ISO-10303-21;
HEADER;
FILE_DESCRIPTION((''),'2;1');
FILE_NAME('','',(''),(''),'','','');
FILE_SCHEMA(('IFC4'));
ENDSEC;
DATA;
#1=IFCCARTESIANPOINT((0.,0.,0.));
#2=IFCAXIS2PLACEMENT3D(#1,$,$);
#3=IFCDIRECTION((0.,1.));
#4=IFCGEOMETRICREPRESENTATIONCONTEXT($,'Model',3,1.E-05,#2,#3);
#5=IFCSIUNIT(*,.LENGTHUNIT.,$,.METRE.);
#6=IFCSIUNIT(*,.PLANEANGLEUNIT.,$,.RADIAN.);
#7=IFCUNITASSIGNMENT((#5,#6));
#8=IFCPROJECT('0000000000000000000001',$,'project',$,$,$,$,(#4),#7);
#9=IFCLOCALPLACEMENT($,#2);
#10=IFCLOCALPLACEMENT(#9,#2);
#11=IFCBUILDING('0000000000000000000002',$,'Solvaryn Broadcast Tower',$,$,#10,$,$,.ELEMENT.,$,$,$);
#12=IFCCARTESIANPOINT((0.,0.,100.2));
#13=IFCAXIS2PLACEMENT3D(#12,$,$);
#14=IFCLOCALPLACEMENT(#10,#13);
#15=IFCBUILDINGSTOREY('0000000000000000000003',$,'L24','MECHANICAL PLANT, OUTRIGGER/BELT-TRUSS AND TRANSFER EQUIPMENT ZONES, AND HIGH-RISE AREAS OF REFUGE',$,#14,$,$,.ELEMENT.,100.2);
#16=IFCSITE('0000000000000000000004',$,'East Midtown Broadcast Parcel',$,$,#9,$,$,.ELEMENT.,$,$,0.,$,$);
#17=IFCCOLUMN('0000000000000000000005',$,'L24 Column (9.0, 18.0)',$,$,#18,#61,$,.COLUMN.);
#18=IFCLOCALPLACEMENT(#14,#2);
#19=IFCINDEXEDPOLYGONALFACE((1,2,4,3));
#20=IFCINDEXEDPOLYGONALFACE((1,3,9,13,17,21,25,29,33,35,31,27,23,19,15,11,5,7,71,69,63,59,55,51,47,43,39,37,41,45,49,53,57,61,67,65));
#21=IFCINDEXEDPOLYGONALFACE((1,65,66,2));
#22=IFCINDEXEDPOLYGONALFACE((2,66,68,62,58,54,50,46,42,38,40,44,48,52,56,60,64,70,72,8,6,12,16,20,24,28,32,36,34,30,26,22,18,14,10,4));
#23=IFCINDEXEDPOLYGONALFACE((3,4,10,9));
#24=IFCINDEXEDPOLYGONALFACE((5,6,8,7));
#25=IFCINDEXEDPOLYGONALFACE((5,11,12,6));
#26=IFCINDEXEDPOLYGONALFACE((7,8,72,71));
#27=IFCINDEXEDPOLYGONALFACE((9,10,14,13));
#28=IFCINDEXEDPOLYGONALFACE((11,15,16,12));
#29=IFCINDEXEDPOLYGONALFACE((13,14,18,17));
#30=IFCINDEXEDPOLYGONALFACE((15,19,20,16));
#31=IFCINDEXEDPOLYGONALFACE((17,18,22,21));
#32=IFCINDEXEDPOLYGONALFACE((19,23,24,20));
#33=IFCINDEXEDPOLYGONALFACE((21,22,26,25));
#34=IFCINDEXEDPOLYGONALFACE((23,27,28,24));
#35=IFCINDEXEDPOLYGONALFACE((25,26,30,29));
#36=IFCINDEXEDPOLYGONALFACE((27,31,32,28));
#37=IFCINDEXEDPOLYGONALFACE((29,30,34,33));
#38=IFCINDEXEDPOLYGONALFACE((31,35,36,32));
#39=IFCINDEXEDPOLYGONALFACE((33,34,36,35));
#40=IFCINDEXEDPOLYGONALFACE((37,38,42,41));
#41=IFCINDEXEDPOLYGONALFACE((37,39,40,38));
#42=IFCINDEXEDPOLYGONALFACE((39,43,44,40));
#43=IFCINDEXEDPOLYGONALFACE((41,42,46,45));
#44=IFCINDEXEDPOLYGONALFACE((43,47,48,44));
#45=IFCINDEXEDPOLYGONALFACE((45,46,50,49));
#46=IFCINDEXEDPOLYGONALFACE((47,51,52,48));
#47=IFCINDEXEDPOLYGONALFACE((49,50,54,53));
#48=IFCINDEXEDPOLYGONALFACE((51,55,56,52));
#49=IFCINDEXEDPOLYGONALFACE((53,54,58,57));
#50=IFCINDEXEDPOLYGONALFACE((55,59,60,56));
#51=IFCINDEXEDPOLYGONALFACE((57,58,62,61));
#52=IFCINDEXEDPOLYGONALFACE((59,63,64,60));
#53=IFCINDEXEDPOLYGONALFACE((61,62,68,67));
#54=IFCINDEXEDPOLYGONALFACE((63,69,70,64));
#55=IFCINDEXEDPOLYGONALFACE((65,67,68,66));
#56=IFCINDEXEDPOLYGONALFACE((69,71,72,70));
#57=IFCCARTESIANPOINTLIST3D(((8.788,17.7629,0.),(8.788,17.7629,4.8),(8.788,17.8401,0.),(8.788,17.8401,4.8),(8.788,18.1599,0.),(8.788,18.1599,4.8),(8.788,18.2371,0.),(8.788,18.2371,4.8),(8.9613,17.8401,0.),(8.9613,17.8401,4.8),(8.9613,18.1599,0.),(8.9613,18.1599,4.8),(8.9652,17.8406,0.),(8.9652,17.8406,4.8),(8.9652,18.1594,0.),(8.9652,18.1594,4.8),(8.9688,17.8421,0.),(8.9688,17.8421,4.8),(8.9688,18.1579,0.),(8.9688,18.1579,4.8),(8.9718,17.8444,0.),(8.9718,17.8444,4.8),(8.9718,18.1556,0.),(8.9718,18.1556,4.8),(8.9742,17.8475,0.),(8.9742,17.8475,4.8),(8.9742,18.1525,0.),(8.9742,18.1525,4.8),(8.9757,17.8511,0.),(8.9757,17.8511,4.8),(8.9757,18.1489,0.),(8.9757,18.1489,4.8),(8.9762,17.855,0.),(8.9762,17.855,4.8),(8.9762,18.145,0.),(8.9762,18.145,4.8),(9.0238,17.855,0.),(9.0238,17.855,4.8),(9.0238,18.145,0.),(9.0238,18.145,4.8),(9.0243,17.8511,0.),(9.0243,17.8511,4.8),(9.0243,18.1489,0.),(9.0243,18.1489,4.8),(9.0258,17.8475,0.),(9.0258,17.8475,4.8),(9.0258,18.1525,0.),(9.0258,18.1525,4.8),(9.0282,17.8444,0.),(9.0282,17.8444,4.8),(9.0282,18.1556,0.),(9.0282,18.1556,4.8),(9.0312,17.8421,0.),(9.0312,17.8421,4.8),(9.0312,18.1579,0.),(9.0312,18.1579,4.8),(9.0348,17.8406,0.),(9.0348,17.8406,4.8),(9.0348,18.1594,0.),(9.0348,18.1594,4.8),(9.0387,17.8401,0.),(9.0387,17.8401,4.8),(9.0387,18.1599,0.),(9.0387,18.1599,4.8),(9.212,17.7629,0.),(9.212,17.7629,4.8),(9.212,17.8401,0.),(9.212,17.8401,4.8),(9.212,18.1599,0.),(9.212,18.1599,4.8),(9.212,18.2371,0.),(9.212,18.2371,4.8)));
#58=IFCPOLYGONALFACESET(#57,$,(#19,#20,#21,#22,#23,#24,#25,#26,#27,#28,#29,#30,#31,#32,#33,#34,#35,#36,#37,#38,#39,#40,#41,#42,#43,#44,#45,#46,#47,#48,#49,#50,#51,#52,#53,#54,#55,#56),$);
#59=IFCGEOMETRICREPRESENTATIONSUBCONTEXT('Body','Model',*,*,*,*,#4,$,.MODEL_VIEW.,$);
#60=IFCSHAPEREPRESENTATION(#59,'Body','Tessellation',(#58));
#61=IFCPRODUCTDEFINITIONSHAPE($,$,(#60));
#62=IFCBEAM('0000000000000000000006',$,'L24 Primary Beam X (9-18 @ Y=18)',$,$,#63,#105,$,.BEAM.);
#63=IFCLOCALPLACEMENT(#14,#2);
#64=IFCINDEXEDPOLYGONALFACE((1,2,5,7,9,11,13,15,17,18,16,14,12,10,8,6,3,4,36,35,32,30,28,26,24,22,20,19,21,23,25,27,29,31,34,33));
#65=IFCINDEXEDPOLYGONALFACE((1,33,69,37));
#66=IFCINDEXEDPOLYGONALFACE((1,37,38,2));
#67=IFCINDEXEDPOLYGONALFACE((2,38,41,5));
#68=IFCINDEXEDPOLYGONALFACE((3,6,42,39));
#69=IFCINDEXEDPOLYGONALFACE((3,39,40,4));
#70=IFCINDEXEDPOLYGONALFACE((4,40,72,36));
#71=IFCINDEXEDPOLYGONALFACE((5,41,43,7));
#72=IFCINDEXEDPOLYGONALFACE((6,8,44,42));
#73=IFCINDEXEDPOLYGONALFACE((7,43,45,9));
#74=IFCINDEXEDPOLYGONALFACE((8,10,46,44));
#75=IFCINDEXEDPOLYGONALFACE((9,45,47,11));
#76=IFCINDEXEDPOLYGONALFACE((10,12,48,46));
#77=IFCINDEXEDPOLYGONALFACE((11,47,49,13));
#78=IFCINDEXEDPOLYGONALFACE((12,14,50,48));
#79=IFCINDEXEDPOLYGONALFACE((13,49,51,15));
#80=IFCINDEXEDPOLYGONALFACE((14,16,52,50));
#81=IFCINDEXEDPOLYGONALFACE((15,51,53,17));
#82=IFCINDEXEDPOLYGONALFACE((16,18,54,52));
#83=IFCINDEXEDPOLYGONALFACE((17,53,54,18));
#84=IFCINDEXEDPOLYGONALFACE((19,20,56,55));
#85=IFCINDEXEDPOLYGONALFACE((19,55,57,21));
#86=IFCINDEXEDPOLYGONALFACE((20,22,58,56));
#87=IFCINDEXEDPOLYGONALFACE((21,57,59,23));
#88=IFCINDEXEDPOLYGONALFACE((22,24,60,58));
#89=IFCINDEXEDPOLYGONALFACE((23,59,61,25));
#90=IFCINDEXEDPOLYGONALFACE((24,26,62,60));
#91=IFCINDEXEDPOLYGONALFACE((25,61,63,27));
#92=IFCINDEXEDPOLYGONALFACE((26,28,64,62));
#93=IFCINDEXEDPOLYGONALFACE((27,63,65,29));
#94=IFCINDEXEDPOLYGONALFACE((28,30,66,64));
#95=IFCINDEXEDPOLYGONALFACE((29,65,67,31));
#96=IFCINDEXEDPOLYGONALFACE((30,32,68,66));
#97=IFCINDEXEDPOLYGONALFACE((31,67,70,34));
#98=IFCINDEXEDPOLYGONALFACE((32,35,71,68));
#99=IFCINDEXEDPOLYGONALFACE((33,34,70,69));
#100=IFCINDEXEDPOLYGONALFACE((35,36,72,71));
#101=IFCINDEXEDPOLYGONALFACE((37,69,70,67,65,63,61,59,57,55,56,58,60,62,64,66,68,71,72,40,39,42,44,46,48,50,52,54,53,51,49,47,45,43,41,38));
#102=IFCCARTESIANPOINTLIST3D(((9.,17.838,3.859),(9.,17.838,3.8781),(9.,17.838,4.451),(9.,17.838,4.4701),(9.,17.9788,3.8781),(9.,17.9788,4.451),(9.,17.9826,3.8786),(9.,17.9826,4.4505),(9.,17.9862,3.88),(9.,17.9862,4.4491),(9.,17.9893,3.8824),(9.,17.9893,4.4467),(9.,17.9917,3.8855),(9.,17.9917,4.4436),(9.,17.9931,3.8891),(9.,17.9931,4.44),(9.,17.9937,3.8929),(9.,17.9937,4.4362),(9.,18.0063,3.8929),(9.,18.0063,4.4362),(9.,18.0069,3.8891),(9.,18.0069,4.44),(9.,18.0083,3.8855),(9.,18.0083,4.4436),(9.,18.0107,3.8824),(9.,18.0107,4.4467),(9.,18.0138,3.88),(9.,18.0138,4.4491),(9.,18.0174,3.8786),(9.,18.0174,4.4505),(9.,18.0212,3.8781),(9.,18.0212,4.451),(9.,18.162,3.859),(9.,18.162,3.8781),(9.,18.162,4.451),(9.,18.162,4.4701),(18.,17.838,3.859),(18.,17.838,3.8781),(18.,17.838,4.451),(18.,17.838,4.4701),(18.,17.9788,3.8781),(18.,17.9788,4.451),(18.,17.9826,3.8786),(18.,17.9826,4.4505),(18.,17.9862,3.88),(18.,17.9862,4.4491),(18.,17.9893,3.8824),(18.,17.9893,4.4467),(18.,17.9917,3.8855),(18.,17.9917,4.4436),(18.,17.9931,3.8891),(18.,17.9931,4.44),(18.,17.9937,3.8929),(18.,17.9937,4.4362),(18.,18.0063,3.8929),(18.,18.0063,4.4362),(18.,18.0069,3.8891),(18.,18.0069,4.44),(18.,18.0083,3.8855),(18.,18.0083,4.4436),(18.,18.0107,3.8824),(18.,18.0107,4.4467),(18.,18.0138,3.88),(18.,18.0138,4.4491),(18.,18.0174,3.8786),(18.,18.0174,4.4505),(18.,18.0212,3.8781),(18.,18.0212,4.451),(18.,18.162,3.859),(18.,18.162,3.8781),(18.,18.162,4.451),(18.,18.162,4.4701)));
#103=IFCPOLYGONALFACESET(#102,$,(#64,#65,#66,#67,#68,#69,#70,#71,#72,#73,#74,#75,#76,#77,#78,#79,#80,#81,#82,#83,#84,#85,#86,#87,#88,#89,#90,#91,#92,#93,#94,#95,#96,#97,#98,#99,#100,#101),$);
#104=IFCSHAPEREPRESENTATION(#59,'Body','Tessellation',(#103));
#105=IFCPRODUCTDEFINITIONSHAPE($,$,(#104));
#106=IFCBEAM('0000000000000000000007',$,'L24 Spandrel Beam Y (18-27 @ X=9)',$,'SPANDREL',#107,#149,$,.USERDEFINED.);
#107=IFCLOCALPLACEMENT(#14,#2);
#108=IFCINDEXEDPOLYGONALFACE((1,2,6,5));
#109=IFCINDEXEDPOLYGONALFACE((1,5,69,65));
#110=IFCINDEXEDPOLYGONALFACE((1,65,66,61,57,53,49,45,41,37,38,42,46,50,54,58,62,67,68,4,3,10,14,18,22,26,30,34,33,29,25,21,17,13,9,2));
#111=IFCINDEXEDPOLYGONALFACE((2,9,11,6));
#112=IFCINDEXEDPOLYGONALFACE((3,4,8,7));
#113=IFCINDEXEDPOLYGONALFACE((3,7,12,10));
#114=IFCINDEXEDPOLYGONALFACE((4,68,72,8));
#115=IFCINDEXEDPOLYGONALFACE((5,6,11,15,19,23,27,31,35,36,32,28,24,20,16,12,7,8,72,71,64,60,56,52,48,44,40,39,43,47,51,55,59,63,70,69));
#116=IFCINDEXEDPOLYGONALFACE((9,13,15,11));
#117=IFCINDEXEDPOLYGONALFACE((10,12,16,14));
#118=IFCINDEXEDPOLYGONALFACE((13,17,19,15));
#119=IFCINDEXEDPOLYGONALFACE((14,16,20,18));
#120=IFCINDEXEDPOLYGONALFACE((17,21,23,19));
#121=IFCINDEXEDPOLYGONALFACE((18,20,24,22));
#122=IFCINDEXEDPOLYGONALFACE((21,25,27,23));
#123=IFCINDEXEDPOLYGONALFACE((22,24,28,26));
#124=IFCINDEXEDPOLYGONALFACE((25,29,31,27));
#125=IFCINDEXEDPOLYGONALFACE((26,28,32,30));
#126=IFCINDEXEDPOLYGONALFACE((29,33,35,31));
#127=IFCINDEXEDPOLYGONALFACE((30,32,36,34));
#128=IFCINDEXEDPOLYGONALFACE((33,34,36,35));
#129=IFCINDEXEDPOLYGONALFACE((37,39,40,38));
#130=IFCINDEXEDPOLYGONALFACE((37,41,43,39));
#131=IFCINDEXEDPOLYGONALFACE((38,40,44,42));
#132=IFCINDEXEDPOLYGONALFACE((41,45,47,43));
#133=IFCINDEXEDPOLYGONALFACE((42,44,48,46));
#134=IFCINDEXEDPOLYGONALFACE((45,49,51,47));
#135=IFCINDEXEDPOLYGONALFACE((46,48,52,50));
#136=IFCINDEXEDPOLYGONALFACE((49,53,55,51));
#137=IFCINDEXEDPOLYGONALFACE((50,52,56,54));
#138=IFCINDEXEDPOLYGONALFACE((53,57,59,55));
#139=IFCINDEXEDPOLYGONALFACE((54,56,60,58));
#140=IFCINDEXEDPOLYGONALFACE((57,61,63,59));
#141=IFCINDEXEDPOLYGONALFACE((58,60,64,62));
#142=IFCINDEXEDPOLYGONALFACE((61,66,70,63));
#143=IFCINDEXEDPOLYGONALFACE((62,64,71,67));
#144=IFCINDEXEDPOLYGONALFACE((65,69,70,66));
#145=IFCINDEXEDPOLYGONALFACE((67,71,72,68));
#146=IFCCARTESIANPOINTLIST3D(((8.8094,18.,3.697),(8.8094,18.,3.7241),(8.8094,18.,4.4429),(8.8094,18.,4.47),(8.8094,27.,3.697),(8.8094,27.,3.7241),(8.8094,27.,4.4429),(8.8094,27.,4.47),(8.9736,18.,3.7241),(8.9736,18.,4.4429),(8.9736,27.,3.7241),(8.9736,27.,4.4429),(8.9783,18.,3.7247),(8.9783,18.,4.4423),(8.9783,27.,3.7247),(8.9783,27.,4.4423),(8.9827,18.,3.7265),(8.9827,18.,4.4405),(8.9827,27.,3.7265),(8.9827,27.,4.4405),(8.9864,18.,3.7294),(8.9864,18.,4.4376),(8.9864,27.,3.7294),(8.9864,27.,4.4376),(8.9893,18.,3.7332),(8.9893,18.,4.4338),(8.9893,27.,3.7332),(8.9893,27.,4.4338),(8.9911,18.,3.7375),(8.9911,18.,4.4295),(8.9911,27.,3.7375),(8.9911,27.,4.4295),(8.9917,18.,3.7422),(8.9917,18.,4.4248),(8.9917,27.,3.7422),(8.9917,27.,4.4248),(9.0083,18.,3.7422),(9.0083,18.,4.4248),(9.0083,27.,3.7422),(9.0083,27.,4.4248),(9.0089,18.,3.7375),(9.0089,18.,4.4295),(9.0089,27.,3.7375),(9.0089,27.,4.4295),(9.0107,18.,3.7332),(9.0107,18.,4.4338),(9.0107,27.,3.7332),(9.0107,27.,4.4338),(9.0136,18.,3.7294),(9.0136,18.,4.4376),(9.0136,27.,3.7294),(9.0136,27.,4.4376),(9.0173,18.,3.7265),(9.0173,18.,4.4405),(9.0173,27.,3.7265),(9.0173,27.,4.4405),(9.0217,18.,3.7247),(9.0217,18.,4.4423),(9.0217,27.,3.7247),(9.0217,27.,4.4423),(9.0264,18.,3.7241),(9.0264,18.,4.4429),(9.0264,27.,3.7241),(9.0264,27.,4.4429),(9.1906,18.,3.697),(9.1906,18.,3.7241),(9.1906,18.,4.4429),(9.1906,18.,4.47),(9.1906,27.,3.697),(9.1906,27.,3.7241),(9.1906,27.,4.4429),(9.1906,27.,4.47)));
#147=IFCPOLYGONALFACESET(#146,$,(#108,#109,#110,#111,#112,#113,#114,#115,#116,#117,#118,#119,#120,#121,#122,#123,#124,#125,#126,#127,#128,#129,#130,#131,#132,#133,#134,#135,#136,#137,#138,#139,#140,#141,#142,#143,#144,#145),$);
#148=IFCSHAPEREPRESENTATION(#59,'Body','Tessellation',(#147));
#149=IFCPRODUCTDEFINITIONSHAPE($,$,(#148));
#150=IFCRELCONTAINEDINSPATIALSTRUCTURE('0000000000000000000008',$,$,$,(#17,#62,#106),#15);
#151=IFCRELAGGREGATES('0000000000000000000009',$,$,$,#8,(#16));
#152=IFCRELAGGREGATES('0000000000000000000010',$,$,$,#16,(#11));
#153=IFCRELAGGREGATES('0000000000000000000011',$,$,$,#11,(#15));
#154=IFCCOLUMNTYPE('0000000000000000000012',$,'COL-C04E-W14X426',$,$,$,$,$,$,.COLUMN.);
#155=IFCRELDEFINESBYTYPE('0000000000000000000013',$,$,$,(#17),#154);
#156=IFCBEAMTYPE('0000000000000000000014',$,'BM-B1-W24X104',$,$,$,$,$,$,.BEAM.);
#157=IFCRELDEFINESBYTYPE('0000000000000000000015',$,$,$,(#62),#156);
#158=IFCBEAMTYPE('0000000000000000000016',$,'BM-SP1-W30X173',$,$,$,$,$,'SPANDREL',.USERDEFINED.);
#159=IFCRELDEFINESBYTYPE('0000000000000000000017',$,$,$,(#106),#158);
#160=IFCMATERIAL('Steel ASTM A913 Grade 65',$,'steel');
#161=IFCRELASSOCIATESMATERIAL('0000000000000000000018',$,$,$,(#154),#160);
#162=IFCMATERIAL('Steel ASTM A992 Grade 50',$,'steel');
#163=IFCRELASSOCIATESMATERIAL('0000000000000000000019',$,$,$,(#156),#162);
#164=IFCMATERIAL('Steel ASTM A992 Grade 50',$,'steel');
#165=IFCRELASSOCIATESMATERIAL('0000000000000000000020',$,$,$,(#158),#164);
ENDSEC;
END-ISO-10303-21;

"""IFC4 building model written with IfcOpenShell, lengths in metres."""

from ifc_helpers import new_model, si_unit, direction, frame, origin, origin_2d, place, context, subcontext, project, spatial, i_section, extrude, material, material_profile, profile_set, type_object, element, save


model = new_model("IFC4")

# Units and contexts
model_context = context("Model", 3, precision=1e-05, world=origin(), true_north=direction((0.0, 1.0)))
body_context = subcontext(model_context, "Body", "Model", "MODEL_VIEW")
ifc_project = project(units=[si_unit("LENGTHUNIT", "METRE"), si_unit("PLANEANGLEUNIT", "RADIAN")], contexts=[model_context])

# Site, building, storey
site_placement = place(None, origin())
site = spatial("IfcSite", under=ifc_project, at=site_placement, Name="East Midtown Broadcast Parcel", CompositionType="ELEMENT", RefElevation=0.0)
building_placement = place(site_placement, origin())
building = spatial("IfcBuilding", under=site, at=building_placement, Name="Solvaryn Broadcast Tower", CompositionType="ELEMENT")
storey_placement = place(building_placement, frame((0.0, 0.0, 100.2)))
storey = spatial("IfcBuildingStorey", under=building, at=storey_placement, Name="L24", Description="MECHANICAL PLANT, OUTRIGGER/BELT-TRUSS AND TRANSFER EQUIPMENT ZONES, AND HIGH-RISE AREAS OF REFUGE", CompositionType="ELEMENT", Elevation=100.2)

# Column
ifc_material_1 = material(Name="Steel ASTM A913 Grade 65", Category="steel")
ifc_material_profile_1 = material_profile(ifc_material_1, i_section(OverallWidth=0.4241, OverallDepth=0.4741, WebThickness=0.0476, FlangeThickness=0.0771, FilletRadius=0.0149, at=origin_2d()))
ifc_profile_set_1 = profile_set([ifc_material_profile_1], Name="Steel ASTM A913 Grade 65")
column_type = type_object("IfcColumnType", Name="COL-C04E-W14X426", PredefinedType="COLUMN", material=ifc_profile_set_1)
column_placement = place(storey_placement, frame((9.0, 18.0, 0.0), z_axis=(0.0, 0.0, 1.0), x_axis=(1.0, 0.0, 0.0)))
element("IfcColumn", 1, at=column_placement, inside=storey, type_object=column_type, Name="L24 Column (9.0, 18.0)", PredefinedType="COLUMN", context=body_context, shape_type="SweptSolid", body=[
    extrude(i_section(OverallWidth=0.4241, OverallDepth=0.4741, WebThickness=0.0476, FlangeThickness=0.0771, FilletRadius=0.0149, at=origin_2d()), origin(), (0.0, 0.0, 1.0), 4.8),
])

# Beams
ifc_material_2 = material(Name="Steel ASTM A992 Grade 50", Category="steel")
ifc_material_profile_2 = material_profile(ifc_material_2, i_section(OverallWidth=0.324, OverallDepth=0.6111, WebThickness=0.0127, FlangeThickness=0.019, FilletRadius=0.0149, at=origin_2d()))
ifc_profile_set_2 = profile_set([ifc_material_profile_2], Name="Steel ASTM A992 Grade 50")
beam_type_1 = type_object("IfcBeamType", Name="BM-B1-W24X104", PredefinedType="BEAM", material=ifc_profile_set_2)
beam_1_placement = place(storey_placement, frame((9.0, 18.0, 4.1646), z_axis=(1.0, 0.0, 0.0), x_axis=(0.0, 1.0, 0.0)))
element("IfcBeam", 2, at=beam_1_placement, inside=storey, type_object=beam_type_1, Name="L24 Primary Beam X (9-18 @ Y=18)", PredefinedType="BEAM", context=body_context, shape_type="SweptSolid", body=[
    extrude(i_section(OverallWidth=0.324, OverallDepth=0.6111, WebThickness=0.0127, FlangeThickness=0.019, FilletRadius=0.0149, at=origin_2d()), origin(), (0.0, 0.0, 1.0), 9.0),
])
ifc_material_3 = material(Name="Steel ASTM A992 Grade 50", Category="steel")
ifc_material_profile_3 = material_profile(ifc_material_3, i_section(OverallWidth=0.3811, OverallDepth=0.7729, WebThickness=0.0166, FlangeThickness=0.0271, FilletRadius=0.0181, at=origin_2d()))
ifc_profile_set_3 = profile_set([ifc_material_profile_3], Name="Steel ASTM A992 Grade 50")
beam_type_2 = type_object("IfcBeamType", Name="BM-SP1-W30X173", ElementType="SPANDREL", PredefinedType="USERDEFINED", material=ifc_profile_set_3)
beam_2_placement = place(storey_placement, frame((9.0, 18.0, 4.0835), z_axis=(0.0, 1.0, 0.0), x_axis=(-1.0, 0.0, 0.0)))
element("IfcBeam", 3, at=beam_2_placement, inside=storey, type_object=beam_type_2, Name="L24 Spandrel Beam Y (18-27 @ X=9)", ObjectType="SPANDREL", PredefinedType="USERDEFINED", context=body_context, shape_type="SweptSolid", body=[
    extrude(i_section(OverallWidth=0.3811, OverallDepth=0.7729, WebThickness=0.0166, FlangeThickness=0.0271, FilletRadius=0.0181, at=origin_2d()), origin(), (0.0, 0.0, 1.0), 9.0),
])

save(model, "model.ifc")
